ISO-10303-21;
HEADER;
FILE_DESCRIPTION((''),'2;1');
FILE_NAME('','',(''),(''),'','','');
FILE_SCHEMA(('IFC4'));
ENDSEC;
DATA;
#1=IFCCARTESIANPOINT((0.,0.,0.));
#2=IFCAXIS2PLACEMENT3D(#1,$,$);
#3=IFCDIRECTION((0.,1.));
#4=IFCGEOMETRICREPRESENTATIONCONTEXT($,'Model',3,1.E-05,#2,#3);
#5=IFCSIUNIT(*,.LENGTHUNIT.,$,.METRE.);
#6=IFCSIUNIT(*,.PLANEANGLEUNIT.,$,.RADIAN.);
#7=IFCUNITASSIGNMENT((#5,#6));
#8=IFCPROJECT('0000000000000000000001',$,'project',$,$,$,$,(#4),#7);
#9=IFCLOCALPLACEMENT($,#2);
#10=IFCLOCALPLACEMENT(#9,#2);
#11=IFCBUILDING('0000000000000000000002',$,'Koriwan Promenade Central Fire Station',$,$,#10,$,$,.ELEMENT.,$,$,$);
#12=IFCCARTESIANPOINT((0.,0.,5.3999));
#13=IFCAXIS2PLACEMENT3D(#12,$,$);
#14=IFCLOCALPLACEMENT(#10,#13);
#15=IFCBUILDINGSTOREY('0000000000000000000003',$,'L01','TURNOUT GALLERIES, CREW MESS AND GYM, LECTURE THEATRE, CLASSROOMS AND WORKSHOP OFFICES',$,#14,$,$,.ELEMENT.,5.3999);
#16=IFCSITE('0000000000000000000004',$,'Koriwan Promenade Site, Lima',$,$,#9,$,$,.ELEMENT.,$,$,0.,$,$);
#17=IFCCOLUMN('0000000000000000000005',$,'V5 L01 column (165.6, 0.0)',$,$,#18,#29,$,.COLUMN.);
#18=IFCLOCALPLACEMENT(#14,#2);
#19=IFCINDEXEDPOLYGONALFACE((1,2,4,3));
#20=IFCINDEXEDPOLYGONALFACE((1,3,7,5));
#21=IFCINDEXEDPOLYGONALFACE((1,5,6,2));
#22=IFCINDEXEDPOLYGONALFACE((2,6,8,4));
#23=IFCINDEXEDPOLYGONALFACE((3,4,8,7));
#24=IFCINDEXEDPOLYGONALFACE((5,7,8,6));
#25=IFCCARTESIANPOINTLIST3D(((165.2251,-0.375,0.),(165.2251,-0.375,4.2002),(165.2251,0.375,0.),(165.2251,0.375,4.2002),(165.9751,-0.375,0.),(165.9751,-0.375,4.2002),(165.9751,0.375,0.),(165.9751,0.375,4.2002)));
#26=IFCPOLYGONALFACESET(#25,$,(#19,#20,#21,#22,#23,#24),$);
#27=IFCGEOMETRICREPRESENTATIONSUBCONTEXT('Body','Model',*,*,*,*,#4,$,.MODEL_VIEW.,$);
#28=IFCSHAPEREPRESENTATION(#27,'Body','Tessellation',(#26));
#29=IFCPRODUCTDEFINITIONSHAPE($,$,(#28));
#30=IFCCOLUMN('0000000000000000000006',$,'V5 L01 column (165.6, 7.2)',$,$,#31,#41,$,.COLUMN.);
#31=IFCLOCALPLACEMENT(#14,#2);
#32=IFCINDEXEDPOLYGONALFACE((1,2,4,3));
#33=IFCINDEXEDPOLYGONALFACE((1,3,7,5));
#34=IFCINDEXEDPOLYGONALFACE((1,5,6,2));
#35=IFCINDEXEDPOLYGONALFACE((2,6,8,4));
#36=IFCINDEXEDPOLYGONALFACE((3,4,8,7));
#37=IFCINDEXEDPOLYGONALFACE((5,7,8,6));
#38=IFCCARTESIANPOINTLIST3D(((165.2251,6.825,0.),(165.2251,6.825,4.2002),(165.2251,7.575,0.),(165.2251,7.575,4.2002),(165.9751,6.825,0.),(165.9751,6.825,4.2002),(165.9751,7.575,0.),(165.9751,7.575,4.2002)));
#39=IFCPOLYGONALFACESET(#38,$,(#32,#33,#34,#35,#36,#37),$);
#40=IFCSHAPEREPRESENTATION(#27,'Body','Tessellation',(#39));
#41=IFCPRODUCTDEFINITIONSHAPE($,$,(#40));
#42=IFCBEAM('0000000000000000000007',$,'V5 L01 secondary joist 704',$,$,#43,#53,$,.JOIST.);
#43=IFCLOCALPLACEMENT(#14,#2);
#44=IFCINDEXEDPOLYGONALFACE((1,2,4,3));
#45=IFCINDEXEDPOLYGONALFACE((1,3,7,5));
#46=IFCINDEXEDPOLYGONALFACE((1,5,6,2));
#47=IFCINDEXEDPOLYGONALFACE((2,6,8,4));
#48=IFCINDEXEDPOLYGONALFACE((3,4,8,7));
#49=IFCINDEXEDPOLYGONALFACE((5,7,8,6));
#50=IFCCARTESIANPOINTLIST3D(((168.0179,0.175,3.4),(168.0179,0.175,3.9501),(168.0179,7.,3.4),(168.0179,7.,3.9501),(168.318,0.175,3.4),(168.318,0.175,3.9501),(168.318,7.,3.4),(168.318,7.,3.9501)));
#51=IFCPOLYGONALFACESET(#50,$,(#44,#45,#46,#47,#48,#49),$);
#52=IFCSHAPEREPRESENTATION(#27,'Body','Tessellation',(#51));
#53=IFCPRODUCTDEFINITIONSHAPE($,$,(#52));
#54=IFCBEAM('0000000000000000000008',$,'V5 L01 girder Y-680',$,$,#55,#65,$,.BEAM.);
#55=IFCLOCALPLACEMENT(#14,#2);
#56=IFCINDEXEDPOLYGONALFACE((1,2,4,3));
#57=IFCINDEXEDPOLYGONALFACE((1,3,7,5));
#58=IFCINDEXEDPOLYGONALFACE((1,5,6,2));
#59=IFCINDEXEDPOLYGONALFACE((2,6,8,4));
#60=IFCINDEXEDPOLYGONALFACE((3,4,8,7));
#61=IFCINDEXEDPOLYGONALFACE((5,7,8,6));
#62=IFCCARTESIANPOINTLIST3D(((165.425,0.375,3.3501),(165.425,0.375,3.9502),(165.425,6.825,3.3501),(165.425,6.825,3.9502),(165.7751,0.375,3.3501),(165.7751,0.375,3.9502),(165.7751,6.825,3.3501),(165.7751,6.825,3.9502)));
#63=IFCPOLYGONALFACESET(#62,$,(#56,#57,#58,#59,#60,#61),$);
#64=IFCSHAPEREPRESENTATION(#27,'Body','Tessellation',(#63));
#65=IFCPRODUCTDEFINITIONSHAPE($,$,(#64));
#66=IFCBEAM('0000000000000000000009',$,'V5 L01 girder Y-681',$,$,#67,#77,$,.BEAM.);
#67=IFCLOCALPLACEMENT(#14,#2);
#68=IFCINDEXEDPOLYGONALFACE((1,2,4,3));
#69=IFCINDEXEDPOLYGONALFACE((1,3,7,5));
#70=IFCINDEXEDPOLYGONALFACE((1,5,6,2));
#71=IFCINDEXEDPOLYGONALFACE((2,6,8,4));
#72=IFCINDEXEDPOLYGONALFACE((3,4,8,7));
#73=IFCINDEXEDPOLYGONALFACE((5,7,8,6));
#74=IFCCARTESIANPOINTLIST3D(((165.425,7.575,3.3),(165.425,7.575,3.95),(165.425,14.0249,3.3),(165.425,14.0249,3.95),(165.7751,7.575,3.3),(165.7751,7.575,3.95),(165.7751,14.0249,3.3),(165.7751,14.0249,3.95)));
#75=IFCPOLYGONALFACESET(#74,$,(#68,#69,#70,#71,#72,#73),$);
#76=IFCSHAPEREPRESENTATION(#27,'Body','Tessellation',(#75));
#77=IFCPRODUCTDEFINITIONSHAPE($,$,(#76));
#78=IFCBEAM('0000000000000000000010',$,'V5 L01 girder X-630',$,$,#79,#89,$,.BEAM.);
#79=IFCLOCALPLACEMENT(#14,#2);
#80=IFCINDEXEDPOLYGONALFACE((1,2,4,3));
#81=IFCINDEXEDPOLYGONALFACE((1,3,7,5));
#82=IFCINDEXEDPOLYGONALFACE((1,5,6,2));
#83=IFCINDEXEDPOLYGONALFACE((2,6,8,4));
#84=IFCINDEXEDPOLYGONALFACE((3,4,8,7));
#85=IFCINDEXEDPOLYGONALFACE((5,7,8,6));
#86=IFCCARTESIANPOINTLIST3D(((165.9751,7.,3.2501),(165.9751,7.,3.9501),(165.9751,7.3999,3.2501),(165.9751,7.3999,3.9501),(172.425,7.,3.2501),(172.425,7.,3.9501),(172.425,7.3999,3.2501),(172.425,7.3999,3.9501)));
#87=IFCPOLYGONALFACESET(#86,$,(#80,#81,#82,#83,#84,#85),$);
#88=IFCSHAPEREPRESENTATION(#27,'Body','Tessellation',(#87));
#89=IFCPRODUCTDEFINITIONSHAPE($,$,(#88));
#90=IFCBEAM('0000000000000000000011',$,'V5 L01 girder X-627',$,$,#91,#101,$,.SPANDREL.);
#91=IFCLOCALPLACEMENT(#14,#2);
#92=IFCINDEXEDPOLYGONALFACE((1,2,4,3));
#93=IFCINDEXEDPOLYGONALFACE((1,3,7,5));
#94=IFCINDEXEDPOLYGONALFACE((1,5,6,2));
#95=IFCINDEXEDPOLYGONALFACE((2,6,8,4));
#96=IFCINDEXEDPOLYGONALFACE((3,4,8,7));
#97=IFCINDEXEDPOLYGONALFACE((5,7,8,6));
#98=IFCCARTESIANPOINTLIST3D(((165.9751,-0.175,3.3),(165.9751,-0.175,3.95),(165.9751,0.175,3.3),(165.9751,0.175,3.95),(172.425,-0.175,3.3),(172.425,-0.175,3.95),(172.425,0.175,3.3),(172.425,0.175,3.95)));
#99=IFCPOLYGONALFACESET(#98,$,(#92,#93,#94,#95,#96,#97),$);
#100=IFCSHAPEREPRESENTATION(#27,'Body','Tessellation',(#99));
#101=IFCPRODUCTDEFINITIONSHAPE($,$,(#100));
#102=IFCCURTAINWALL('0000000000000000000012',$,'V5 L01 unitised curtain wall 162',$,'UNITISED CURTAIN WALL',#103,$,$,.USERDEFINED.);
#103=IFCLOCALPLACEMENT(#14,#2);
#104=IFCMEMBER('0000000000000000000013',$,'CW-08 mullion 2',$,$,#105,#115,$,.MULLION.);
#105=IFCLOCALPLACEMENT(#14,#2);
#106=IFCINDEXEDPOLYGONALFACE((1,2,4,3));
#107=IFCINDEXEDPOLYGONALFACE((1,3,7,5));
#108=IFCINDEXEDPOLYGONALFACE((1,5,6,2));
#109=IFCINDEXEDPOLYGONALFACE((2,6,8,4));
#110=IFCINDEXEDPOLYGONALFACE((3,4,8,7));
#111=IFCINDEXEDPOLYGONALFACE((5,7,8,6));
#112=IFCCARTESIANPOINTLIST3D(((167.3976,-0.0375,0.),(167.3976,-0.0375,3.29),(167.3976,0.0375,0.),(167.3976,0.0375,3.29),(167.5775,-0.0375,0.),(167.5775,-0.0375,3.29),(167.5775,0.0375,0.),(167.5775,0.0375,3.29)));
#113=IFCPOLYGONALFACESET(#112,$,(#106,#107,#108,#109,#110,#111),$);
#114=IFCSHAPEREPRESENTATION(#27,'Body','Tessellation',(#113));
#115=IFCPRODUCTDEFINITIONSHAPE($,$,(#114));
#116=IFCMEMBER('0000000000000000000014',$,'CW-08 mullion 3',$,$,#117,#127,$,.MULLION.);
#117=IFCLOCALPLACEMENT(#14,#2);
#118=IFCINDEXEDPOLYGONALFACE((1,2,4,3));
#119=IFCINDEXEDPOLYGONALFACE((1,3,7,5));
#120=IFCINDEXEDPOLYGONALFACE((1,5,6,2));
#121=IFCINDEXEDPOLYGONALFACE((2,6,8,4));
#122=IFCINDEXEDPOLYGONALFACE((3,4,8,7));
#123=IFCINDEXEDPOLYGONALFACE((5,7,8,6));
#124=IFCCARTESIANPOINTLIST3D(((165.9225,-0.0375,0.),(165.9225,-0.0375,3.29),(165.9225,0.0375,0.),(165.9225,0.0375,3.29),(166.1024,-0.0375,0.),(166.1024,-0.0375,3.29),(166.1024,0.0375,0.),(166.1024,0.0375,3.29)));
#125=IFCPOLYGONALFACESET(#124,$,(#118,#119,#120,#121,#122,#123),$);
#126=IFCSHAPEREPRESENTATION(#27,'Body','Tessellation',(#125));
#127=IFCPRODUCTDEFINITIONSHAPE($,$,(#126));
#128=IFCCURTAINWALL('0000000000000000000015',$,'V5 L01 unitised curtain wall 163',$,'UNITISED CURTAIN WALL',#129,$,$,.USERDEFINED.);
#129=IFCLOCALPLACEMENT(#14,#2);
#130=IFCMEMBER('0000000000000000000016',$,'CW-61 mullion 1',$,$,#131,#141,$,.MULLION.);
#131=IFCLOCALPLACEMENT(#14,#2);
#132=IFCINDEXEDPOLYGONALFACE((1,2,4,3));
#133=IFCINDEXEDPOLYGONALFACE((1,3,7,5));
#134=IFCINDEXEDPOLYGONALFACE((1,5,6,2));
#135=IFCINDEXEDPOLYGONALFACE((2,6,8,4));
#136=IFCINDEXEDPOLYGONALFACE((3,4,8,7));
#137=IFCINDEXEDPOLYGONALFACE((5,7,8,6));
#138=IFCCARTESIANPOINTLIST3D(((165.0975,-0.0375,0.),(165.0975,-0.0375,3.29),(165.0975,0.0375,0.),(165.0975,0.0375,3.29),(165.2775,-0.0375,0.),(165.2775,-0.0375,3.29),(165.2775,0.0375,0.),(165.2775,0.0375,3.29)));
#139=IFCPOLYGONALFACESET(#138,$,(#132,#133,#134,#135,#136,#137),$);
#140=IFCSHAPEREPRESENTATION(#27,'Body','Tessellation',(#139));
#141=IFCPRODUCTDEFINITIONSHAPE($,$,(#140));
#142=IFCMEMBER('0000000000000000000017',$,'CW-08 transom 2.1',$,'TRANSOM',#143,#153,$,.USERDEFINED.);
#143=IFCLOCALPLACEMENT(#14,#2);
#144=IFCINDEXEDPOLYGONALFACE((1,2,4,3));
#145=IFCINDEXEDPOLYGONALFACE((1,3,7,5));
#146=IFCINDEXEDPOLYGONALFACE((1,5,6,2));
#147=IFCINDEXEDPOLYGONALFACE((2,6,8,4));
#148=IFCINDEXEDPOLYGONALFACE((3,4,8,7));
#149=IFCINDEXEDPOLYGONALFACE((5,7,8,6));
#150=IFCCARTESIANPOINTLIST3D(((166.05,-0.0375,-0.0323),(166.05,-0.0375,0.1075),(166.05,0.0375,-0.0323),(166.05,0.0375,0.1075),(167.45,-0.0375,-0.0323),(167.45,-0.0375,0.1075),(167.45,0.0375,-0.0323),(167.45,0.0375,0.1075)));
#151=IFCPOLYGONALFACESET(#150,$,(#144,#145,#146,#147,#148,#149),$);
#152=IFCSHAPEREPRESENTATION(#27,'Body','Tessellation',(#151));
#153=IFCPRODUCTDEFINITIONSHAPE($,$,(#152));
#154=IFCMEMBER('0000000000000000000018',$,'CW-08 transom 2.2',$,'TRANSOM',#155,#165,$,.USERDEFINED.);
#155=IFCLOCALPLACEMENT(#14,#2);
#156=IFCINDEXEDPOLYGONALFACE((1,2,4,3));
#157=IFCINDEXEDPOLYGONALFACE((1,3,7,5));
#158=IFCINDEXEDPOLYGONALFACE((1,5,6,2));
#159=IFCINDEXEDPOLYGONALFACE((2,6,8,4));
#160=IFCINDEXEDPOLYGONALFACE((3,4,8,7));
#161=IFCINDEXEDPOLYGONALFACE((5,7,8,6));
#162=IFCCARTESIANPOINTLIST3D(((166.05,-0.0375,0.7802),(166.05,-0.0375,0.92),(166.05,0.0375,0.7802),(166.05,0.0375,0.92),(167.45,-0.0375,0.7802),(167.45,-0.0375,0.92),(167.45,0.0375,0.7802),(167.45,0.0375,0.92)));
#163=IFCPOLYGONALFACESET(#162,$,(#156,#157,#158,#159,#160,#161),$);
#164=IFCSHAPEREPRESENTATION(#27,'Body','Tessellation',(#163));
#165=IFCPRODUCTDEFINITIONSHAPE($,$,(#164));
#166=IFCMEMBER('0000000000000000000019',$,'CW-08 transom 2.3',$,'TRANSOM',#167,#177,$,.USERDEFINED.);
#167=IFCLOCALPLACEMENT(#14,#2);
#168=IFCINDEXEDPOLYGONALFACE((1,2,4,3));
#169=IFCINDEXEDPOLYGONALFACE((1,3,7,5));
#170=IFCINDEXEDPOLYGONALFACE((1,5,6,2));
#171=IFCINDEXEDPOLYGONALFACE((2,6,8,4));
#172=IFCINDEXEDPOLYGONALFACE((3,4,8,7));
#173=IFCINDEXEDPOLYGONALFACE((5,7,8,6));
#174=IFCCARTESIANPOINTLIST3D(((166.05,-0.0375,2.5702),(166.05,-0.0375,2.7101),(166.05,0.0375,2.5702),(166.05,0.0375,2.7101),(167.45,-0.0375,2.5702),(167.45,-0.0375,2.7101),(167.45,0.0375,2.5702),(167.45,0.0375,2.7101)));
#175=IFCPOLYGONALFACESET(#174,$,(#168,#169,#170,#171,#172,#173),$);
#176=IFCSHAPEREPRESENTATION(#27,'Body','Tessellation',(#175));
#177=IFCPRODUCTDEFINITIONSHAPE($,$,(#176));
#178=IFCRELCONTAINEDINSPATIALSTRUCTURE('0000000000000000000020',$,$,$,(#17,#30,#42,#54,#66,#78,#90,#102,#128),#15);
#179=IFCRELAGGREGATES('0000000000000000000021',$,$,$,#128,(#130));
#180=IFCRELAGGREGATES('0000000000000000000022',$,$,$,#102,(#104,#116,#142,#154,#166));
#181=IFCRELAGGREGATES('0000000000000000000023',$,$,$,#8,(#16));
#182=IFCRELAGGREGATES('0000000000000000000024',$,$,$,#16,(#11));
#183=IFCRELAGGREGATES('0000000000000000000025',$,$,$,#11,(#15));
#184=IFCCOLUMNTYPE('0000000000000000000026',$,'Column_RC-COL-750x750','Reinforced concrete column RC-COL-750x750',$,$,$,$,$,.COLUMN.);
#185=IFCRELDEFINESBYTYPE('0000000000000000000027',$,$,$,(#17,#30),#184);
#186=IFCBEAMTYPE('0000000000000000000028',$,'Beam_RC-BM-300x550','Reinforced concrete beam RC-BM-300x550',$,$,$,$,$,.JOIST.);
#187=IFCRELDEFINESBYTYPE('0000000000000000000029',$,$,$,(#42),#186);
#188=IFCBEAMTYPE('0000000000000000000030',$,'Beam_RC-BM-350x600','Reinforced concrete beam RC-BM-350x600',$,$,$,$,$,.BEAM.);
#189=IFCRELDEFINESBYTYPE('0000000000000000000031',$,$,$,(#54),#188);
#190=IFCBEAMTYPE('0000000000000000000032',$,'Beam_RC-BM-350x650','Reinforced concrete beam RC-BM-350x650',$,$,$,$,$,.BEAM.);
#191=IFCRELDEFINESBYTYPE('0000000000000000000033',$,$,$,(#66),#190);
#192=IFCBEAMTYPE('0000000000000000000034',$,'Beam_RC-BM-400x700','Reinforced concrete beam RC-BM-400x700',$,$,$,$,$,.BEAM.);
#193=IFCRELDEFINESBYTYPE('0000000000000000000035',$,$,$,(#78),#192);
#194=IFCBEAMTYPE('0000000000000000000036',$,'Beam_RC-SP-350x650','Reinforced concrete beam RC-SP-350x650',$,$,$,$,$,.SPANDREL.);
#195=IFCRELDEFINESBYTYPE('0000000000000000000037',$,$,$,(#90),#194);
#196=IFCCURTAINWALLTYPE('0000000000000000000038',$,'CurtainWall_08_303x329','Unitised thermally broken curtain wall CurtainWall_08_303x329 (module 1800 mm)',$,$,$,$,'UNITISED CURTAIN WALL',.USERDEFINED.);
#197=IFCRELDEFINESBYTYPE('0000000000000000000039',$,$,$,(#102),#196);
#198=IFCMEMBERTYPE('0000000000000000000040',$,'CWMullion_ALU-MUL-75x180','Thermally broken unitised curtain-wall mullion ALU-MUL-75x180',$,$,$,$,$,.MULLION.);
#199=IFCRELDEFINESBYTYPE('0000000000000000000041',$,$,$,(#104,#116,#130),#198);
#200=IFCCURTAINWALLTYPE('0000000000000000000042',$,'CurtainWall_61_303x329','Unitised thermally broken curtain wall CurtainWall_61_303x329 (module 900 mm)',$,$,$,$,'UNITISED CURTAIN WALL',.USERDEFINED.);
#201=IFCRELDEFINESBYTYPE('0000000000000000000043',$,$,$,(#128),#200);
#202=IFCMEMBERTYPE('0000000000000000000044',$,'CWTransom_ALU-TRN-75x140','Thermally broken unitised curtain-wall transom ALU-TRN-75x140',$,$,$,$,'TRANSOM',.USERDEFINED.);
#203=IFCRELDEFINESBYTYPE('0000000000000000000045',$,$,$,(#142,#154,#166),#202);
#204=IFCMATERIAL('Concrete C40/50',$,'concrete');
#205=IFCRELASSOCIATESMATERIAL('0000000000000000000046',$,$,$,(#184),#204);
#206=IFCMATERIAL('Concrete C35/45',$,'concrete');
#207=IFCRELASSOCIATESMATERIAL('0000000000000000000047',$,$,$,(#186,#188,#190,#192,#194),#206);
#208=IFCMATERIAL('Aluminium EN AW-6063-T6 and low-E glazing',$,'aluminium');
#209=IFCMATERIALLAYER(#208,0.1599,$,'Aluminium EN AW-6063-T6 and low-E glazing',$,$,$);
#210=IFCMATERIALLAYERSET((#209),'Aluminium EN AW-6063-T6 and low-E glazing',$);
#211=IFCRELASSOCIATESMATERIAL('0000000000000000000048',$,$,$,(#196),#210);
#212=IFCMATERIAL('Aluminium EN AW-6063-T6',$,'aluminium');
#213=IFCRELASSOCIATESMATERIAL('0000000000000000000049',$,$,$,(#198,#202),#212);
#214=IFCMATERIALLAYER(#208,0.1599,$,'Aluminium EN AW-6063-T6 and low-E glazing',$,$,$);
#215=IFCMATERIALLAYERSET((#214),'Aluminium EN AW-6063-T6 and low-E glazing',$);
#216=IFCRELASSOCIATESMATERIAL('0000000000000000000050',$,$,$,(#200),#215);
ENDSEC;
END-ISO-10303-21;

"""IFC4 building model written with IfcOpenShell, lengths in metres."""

from ifc_helpers import new_model, si_unit, direction, frame, origin, origin_2d, place, context, subcontext, project, spatial, rectangle, extrude, material, layer, layer_set, material_profile, profile_set, type_object, element, aggregate, save


model = new_model("IFC4")

# Units and contexts
model_context = context("Model", 3, precision=1e-05, world=origin(), true_north=direction((0.0, 1.0)))
body_context = subcontext(model_context, "Body", "Model", "MODEL_VIEW")
ifc_project = project(units=[si_unit("LENGTHUNIT", "METRE"), si_unit("PLANEANGLEUNIT", "RADIAN")], contexts=[model_context])

# Site, building, storey
site_placement = place(None, origin())
site = spatial("IfcSite", under=ifc_project, at=site_placement, Name="Koriwan Promenade Site, Lima", CompositionType="ELEMENT", RefElevation=0.0)
building_placement = place(site_placement, origin())
building = spatial("IfcBuilding", under=site, at=building_placement, Name="Koriwan Promenade Central Fire Station", CompositionType="ELEMENT")
storey_placement = place(building_placement, frame((0.0, 0.0, 5.3999)))
storey = spatial("IfcBuildingStorey", under=building, at=storey_placement, Name="L01", Description="TURNOUT GALLERIES, CREW MESS AND GYM, LECTURE THEATRE, CLASSROOMS AND WORKSHOP OFFICES", CompositionType="ELEMENT", Elevation=5.3999)

# Columns
ifc_material_1 = material(Name="Concrete C40/50", Category="concrete")
ifc_material_profile_1 = material_profile(ifc_material_1, rectangle(XDim=0.75, YDim=0.75, at=origin_2d()), Name="RC-COL-750x750")
ifc_profile_set_1 = profile_set([ifc_material_profile_1], Name="Concrete C40/50")
column_type = type_object("IfcColumnType", Name="Column_RC-COL-750x750", Description="Reinforced concrete column RC-COL-750x750", PredefinedType="COLUMN", material=ifc_profile_set_1)
for number, where, z_axis, x_axis, name in (
    (1, (165.6001, 0.0, 0.0), (0.0, 0.0, 1.0), (1.0, 0.0, 0.0), "V5 L01 column (165.6, 0.0)"),
    (2, (165.6001, 7.2, 0.0), (0.0, 0.0, 1.0), (1.0, 0.0, 0.0), "V5 L01 column (165.6, 7.2)"),
):
    element("IfcColumn", number, at=place(storey_placement, frame(where, z_axis=z_axis, x_axis=x_axis)), inside=storey, type_object=column_type, Name=name, PredefinedType="COLUMN", context=body_context, shape_type="SweptSolid", body=[
        extrude(rectangle(XDim=0.75, YDim=0.75, at=origin_2d()), origin(), (0.0, 0.0, 1.0), 4.2002),
    ])

# Beams
ifc_material_2 = material(Name="Concrete C35/45", Category="concrete")
ifc_material_profile_2 = material_profile(ifc_material_2, rectangle(XDim=0.3, YDim=0.55, at=origin_2d()), Name="RC-BM-300x550")
ifc_profile_set_2 = profile_set([ifc_material_profile_2], Name="Concrete C35/45")
beam_type_1 = type_object("IfcBeamType", Name="Beam_RC-BM-300x550", Description="Reinforced concrete beam RC-BM-300x550", PredefinedType="JOIST", material=ifc_profile_set_2)
beam_1_placement = place(storey_placement, frame((168.168, 0.175, 3.675), z_axis=(0.0, 1.0, 0.0), x_axis=(-1.0, 0.0, 0.0)))
element("IfcBeam", 3, at=beam_1_placement, inside=storey, type_object=beam_type_1, Name="V5 L01 secondary joist 704", PredefinedType="JOIST", context=body_context, shape_type="SweptSolid", body=[
    extrude(rectangle(XDim=0.3, YDim=0.55, at=origin_2d()), origin(), (0.0, 0.0, 1.0), 6.825),
])
ifc_material_profile_3 = material_profile(ifc_material_2, rectangle(XDim=0.3501, YDim=0.6001, at=origin_2d()), Name="RC-BM-350x600")
ifc_profile_set_3 = profile_set([ifc_material_profile_3], Name="Concrete C35/45")
beam_type_2 = type_object("IfcBeamType", Name="Beam_RC-BM-350x600", Description="Reinforced concrete beam RC-BM-350x600", PredefinedType="BEAM", material=ifc_profile_set_3)
beam_2_placement = place(storey_placement, frame((165.6001, 0.375, 3.6501), z_axis=(0.0, 1.0, 0.0), x_axis=(-1.0, 0.0, 0.0)))
element("IfcBeam", 4, at=beam_2_placement, inside=storey, type_object=beam_type_2, Name="V5 L01 girder Y-680", PredefinedType="BEAM", context=body_context, shape_type="SweptSolid", body=[
    extrude(rectangle(XDim=0.3501, YDim=0.6001, at=origin_2d()), origin(), (0.0, 0.0, 1.0), 6.45),
])
ifc_material_profile_4 = material_profile(ifc_material_2, rectangle(XDim=0.3501, YDim=0.6499, at=origin_2d()), Name="RC-BM-350x650")
ifc_profile_set_4 = profile_set([ifc_material_profile_4], Name="Concrete C35/45")
beam_type_3 = type_object("IfcBeamType", Name="Beam_RC-BM-350x650", Description="Reinforced concrete beam RC-BM-350x650", PredefinedType="BEAM", material=ifc_profile_set_4)
beam_3_placement = place(storey_placement, frame((165.6001, 7.575, 3.625), z_axis=(0.0, 1.0, 0.0), x_axis=(-1.0, 0.0, 0.0)))
element("IfcBeam", 5, at=beam_3_placement, inside=storey, type_object=beam_type_3, Name="V5 L01 girder Y-681", PredefinedType="BEAM", context=body_context, shape_type="SweptSolid", body=[
    extrude(rectangle(XDim=0.3501, YDim=0.6499, at=origin_2d()), origin(), (0.0, 0.0, 1.0), 6.45),
])
ifc_material_profile_5 = material_profile(ifc_material_2, rectangle(XDim=0.3999, YDim=0.7, at=origin_2d()), Name="RC-BM-400x700")
ifc_profile_set_5 = profile_set([ifc_material_profile_5], Name="Concrete C35/45")
beam_type_4 = type_object("IfcBeamType", Name="Beam_RC-BM-400x700", Description="Reinforced concrete beam RC-BM-400x700", PredefinedType="BEAM", material=ifc_profile_set_5)
beam_4_placement = place(storey_placement, frame((165.9751, 7.2, 3.6001), z_axis=(1.0, 0.0, 0.0), x_axis=(0.0, 1.0, 0.0)))
element("IfcBeam", 6, at=beam_4_placement, inside=storey, type_object=beam_type_4, Name="V5 L01 girder X-630", PredefinedType="BEAM", context=body_context, shape_type="SweptSolid", body=[
    extrude(rectangle(XDim=0.3999, YDim=0.7, at=origin_2d()), origin(), (0.0, 0.0, 1.0), 6.45),
])
ifc_material_profile_6 = material_profile(ifc_material_2, rectangle(XDim=0.3501, YDim=0.6499, at=origin_2d()), Name="RC-SP-350x650")
ifc_profile_set_6 = profile_set([ifc_material_profile_6], Name="Concrete C35/45")
beam_type_5 = type_object("IfcBeamType", Name="Beam_RC-SP-350x650", Description="Reinforced concrete beam RC-SP-350x650", PredefinedType="SPANDREL", material=ifc_profile_set_6)
beam_5_placement = place(storey_placement, frame((165.9751, 0.0, 3.625), z_axis=(1.0, 0.0, 0.0), x_axis=(0.0, 1.0, 0.0)))
element("IfcBeam", 7, at=beam_5_placement, inside=storey, type_object=beam_type_5, Name="V5 L01 girder X-627", PredefinedType="SPANDREL", context=body_context, shape_type="SweptSolid", body=[
    extrude(rectangle(XDim=0.3501, YDim=0.6499, at=origin_2d()), origin(), (0.0, 0.0, 1.0), 6.45),
])

# Curtain wall, members
ifc_material_3 = material(Name="Aluminium EN AW-6063-T6 and low-E glazing", Category="aluminium")
ifc_layer_1 = layer(ifc_material_3, 0.1599, Name="Aluminium EN AW-6063-T6 and low-E glazing")
ifc_layer_set_1 = layer_set([ifc_layer_1], Name="Aluminium EN AW-6063-T6 and low-E glazing")
curtain_wall_type_1 = type_object("IfcCurtainWallType", Name="CurtainWall_08_303x329", Description="Unitised thermally broken curtain wall CurtainWall_08_303x329 (module 1800 mm)", ElementType="UNITISED CURTAIN WALL", PredefinedType="USERDEFINED", material=ifc_layer_set_1)
curtain_wall_1_placement = place(storey_placement, origin())
curtain_wall_1 = element("IfcCurtainWall", 8, at=curtain_wall_1_placement, inside=storey, type_object=curtain_wall_type_1, Name="V5 L01 unitised curtain wall 162", ObjectType="UNITISED CURTAIN WALL", PredefinedType="USERDEFINED")
ifc_material_4 = material(Name="Aluminium EN AW-6063-T6", Category="aluminium")
ifc_material_profile_7 = material_profile(ifc_material_4, rectangle(XDim=0.075, YDim=0.1799, at=origin_2d()), Name="ALU-MUL-75x180")
ifc_profile_set_7 = profile_set([ifc_material_profile_7], Name="Aluminium EN AW-6063-T6")
member_type_1 = type_object("IfcMemberType", Name="CWMullion_ALU-MUL-75x180", Description="Thermally broken unitised curtain-wall mullion ALU-MUL-75x180", PredefinedType="MULLION", material=ifc_profile_set_7)
member_1_placement = place(storey_placement, frame((167.4875, 0.0, 0.0), z_axis=(0.0, 0.0, 1.0), x_axis=(0.0, -1.0, 0.0)))
member_1 = element("IfcMember", 9, at=member_1_placement, type_object=member_type_1, Name="CW-08 mullion 2", PredefinedType="MULLION", context=body_context, shape_type="SweptSolid", body=[
    extrude(rectangle(XDim=0.075, YDim=0.1799, at=origin_2d()), origin(), (0.0, 0.0, 1.0), 3.29),
])
member_2_placement = place(storey_placement, frame((166.0125, 0.0, 0.0), z_axis=(0.0, 0.0, 1.0), x_axis=(0.0, -1.0, 0.0)))
member_2 = element("IfcMember", 10, at=member_2_placement, type_object=member_type_1, Name="CW-08 mullion 3", PredefinedType="MULLION", context=body_context, shape_type="SweptSolid", body=[
    extrude(rectangle(XDim=0.075, YDim=0.1799, at=origin_2d()), origin(), (0.0, 0.0, 1.0), 3.29),
])

# Curtain wall, member
ifc_layer_2 = layer(ifc_material_3, 0.1599, Name="Aluminium EN AW-6063-T6 and low-E glazing")
ifc_layer_set_2 = layer_set([ifc_layer_2], Name="Aluminium EN AW-6063-T6 and low-E glazing")
curtain_wall_type_2 = type_object("IfcCurtainWallType", Name="CurtainWall_61_303x329", Description="Unitised thermally broken curtain wall CurtainWall_61_303x329 (module 900 mm)", ElementType="UNITISED CURTAIN WALL", PredefinedType="USERDEFINED", material=ifc_layer_set_2)
curtain_wall_2_placement = place(storey_placement, origin())
curtain_wall_2 = element("IfcCurtainWall", 11, at=curtain_wall_2_placement, inside=storey, type_object=curtain_wall_type_2, Name="V5 L01 unitised curtain wall 163", ObjectType="UNITISED CURTAIN WALL", PredefinedType="USERDEFINED")
member_3_placement = place(storey_placement, frame((165.1875, 0.0, 0.0), z_axis=(0.0, 0.0, 1.0), x_axis=(0.0, -1.0, 0.0)))
member_3 = element("IfcMember", 12, at=member_3_placement, type_object=member_type_1, Name="CW-61 mullion 1", PredefinedType="MULLION", context=body_context, shape_type="SweptSolid", body=[
    extrude(rectangle(XDim=0.075, YDim=0.1799, at=origin_2d()), origin(), (0.0, 0.0, 1.0), 3.29),
])

# Members
ifc_material_profile_8 = material_profile(ifc_material_4, rectangle(XDim=0.075, YDim=0.1399, at=origin_2d()), Name="ALU-TRN-75x140")
ifc_profile_set_8 = profile_set([ifc_material_profile_8], Name="Aluminium EN AW-6063-T6")
member_type_2 = type_object("IfcMemberType", Name="CWTransom_ALU-TRN-75x140", Description="Thermally broken unitised curtain-wall transom ALU-TRN-75x140", ElementType="TRANSOM", PredefinedType="USERDEFINED", material=ifc_profile_set_8)
member_4_placement = place(storey_placement, frame((167.45, 0.0, 0.0376), z_axis=(-1.0, 0.0, 0.0), x_axis=(0.0, -1.0, 0.0)))
member_4 = element("IfcMember", 13, at=member_4_placement, type_object=member_type_2, Name="CW-08 transom 2.1", ObjectType="TRANSOM", PredefinedType="USERDEFINED", context=body_context, shape_type="SweptSolid", body=[
    extrude(rectangle(XDim=0.075, YDim=0.1399, at=origin_2d()), origin(), (0.0, 0.0, 1.0), 1.3999),
])
member_5_placement = place(storey_placement, frame((167.45, 0.0, 0.8501), z_axis=(-1.0, 0.0, 0.0), x_axis=(0.0, -1.0, 0.0)))
member_5 = element("IfcMember", 14, at=member_5_placement, type_object=member_type_2, Name="CW-08 transom 2.2", ObjectType="TRANSOM", PredefinedType="USERDEFINED", context=body_context, shape_type="SweptSolid", body=[
    extrude(rectangle(XDim=0.075, YDim=0.1399, at=origin_2d()), origin(), (0.0, 0.0, 1.0), 1.3999),
])
member_6_placement = place(storey_placement, frame((167.45, 0.0, 2.6401), z_axis=(-1.0, 0.0, 0.0), x_axis=(0.0, -1.0, 0.0)))
member_6 = element("IfcMember", 15, at=member_6_placement, type_object=member_type_2, Name="CW-08 transom 2.3", ObjectType="TRANSOM", PredefinedType="USERDEFINED", context=body_context, shape_type="SweptSolid", body=[
    extrude(rectangle(XDim=0.075, YDim=0.1399, at=origin_2d()), origin(), (0.0, 0.0, 1.0), 1.3999),
])
aggregate(curtain_wall_2, [member_3])

aggregate(curtain_wall_1, [member_1, member_2, member_4, member_5, member_6])

save(model, "model.ifc")
